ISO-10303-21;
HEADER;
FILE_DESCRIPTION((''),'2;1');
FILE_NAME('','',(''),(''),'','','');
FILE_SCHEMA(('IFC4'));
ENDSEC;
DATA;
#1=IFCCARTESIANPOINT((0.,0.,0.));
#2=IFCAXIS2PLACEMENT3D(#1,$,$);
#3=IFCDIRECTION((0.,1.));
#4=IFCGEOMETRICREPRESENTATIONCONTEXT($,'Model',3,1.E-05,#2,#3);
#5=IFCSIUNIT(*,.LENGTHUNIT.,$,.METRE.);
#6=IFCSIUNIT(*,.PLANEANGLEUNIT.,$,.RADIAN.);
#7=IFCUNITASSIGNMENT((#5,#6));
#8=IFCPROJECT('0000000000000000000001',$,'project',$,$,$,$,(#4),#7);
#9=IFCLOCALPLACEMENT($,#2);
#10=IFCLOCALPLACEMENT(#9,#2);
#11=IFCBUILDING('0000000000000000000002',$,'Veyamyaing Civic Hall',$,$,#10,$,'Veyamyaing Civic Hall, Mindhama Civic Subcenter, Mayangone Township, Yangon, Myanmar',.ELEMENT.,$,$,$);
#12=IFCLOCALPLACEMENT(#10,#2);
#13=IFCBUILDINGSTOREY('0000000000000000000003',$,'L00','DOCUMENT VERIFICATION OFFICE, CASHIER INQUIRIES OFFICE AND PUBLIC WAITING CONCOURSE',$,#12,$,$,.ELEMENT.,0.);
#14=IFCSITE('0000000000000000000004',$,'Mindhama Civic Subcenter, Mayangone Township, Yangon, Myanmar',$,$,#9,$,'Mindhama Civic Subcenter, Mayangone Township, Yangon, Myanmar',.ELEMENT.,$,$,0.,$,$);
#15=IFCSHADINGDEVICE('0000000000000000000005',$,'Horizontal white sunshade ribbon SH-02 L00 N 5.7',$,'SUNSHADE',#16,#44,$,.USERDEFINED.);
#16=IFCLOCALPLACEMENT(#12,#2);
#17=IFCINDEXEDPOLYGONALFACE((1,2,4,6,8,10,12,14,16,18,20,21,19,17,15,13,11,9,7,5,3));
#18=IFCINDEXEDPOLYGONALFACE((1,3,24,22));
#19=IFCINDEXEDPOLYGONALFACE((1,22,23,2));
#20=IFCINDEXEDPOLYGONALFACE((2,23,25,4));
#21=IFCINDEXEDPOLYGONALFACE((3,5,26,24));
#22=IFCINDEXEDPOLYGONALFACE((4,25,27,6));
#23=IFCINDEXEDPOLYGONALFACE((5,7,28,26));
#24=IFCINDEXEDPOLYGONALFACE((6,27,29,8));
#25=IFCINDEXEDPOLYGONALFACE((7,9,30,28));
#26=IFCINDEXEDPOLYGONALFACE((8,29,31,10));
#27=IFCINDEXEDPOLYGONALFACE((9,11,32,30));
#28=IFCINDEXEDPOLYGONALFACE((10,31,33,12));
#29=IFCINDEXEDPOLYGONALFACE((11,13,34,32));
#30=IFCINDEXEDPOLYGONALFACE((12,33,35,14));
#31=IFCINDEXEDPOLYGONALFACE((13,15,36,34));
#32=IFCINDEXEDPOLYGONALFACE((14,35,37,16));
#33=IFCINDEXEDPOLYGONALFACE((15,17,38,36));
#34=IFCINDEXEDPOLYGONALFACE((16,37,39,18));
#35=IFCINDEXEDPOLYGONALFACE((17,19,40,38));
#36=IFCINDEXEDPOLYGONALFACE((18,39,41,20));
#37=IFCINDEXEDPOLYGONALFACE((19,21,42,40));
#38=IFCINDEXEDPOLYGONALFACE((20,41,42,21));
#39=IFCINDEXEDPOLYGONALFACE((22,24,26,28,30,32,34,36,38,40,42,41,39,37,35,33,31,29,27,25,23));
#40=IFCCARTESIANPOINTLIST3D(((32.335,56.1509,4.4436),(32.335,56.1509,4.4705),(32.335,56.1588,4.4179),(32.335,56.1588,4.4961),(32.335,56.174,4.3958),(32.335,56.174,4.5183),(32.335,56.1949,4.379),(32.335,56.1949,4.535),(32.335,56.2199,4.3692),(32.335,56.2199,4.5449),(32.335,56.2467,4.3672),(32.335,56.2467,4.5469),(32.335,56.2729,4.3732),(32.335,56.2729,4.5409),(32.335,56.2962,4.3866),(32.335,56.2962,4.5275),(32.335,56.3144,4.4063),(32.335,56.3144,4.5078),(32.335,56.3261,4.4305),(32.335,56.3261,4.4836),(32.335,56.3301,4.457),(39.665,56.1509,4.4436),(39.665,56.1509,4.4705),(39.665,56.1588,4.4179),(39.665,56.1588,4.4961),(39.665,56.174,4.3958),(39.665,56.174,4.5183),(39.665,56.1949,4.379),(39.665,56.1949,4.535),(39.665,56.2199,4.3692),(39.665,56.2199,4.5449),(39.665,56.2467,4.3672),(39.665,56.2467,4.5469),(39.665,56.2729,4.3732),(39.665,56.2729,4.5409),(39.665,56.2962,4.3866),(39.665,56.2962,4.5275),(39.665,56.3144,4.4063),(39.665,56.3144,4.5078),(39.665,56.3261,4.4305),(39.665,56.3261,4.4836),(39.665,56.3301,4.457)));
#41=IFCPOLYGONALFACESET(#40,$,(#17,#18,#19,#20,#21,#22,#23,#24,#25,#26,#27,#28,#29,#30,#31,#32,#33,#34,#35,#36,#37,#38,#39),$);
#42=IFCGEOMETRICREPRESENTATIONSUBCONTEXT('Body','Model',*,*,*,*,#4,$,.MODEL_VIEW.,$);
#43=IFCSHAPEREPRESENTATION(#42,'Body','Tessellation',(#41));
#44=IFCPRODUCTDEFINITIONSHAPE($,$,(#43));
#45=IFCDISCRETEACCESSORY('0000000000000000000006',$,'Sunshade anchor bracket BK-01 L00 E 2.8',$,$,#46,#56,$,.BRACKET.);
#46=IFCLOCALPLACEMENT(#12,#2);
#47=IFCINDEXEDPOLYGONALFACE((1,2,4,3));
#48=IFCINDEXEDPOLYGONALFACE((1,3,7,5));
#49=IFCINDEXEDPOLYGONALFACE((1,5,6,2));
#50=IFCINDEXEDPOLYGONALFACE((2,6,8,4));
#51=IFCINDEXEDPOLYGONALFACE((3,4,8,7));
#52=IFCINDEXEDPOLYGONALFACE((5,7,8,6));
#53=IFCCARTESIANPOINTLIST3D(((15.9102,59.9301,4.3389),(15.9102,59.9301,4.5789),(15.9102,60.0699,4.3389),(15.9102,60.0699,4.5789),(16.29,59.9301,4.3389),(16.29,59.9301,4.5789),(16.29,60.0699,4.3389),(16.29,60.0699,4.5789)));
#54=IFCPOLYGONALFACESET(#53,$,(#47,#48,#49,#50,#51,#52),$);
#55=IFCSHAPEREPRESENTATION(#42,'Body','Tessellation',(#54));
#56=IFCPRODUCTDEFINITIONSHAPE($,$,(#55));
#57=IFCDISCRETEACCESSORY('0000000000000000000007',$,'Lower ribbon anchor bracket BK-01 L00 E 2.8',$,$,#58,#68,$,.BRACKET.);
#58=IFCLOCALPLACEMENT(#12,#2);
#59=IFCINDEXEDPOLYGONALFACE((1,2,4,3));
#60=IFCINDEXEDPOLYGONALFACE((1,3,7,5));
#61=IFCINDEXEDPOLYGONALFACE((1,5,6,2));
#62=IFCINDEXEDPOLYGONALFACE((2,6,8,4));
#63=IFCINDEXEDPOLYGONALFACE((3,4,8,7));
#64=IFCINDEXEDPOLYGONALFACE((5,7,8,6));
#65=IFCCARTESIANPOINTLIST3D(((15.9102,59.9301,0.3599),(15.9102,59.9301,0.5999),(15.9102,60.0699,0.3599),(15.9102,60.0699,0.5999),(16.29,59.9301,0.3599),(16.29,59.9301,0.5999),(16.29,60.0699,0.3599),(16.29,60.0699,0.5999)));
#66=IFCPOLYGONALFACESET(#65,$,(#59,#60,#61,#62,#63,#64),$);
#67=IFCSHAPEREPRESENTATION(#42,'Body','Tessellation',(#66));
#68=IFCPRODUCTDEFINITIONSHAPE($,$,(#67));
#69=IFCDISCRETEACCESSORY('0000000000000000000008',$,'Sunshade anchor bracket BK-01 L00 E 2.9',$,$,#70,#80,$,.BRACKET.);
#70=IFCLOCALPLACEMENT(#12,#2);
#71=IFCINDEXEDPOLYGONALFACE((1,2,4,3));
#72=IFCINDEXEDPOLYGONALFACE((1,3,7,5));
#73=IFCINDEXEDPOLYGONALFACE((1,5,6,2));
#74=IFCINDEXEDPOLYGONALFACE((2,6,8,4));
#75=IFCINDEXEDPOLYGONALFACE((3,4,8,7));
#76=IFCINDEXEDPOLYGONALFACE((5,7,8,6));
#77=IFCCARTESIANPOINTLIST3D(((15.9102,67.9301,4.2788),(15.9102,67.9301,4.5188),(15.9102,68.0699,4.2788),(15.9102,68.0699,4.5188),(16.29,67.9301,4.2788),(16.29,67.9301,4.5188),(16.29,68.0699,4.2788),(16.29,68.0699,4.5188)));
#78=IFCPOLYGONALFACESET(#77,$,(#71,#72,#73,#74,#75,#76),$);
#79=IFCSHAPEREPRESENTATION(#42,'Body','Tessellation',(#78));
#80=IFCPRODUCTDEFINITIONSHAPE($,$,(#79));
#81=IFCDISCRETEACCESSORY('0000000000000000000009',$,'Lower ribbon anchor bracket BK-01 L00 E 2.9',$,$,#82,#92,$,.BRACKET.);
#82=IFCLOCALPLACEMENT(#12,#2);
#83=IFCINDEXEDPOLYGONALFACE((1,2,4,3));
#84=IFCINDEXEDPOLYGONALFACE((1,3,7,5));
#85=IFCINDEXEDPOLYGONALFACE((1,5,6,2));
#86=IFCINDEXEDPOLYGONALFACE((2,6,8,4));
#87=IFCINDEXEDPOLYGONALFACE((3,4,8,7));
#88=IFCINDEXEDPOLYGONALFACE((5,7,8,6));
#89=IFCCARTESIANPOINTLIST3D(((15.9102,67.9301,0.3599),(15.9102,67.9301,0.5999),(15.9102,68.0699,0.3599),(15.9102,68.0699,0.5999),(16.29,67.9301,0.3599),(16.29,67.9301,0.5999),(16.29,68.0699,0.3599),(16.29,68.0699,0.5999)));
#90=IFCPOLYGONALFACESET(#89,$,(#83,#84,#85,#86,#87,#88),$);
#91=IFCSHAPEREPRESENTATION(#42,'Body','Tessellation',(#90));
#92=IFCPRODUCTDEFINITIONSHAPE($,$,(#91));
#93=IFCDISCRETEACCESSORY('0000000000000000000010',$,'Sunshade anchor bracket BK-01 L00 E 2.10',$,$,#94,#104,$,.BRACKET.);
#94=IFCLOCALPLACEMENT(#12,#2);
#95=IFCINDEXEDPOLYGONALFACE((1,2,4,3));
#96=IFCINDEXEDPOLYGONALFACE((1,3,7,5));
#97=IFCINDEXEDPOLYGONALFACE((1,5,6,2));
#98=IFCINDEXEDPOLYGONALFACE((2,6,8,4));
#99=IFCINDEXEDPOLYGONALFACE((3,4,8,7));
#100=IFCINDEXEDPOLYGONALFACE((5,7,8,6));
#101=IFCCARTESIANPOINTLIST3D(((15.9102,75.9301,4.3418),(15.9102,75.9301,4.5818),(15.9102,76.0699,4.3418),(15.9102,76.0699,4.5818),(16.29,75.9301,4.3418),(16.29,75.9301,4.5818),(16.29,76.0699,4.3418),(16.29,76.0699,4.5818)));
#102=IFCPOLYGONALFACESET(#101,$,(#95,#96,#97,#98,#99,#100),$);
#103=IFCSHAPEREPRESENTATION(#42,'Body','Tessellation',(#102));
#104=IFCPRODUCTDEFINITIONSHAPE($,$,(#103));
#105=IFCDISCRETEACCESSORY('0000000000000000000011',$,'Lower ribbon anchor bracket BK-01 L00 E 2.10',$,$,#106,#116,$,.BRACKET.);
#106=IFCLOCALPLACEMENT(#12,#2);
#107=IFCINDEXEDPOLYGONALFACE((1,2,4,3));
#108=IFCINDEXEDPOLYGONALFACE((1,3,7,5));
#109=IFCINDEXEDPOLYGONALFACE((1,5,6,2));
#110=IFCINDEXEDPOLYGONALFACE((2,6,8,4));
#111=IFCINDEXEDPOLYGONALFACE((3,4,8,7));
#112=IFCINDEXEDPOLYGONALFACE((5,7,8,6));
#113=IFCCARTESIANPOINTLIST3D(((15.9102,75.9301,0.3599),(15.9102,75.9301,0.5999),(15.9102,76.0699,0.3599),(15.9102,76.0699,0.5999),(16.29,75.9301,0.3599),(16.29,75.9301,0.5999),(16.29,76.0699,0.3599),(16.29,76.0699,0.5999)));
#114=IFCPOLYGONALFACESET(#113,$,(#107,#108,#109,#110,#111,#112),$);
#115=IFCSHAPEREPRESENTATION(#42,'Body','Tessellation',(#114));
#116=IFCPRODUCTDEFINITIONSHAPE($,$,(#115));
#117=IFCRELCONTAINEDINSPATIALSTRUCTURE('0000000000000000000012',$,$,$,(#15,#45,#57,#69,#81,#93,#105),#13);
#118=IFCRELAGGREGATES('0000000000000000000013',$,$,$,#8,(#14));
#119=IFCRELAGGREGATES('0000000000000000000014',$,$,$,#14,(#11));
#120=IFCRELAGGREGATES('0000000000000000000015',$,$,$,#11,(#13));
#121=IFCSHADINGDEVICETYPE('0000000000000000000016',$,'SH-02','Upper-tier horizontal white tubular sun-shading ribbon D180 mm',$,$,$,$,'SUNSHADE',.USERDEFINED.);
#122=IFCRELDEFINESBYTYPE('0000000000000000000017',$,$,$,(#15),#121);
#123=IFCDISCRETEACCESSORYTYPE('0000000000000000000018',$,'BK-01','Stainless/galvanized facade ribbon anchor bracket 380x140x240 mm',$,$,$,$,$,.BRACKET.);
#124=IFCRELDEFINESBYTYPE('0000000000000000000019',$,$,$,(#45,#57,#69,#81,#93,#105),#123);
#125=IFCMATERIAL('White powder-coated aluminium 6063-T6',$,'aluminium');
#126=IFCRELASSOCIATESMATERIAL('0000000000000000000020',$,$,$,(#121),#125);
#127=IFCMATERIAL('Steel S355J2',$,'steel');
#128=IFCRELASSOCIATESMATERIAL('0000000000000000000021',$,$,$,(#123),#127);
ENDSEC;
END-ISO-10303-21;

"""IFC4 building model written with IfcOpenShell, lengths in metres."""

from ifc_helpers import new_model, si_unit, direction, frame, origin, origin_2d, place, context, subcontext, project, spatial, rectangle, circle, extrude, material, material_profile, profile_set, type_object, element, save


model = new_model("IFC4")

# Units and contexts
model_context = context("Model", 3, precision=1e-05, world=origin(), true_north=direction((0.0, 1.0)))
body_context = subcontext(model_context, "Body", "Model", "MODEL_VIEW")
ifc_project = project(units=[si_unit("LENGTHUNIT", "METRE"), si_unit("PLANEANGLEUNIT", "RADIAN")], contexts=[model_context])

# Site, building, storey
site_placement = place(None, origin())
site = spatial("IfcSite", under=ifc_project, at=site_placement, Name="Mindhama Civic Subcenter, Mayangone Township, Yangon, Myanmar", LongName="Mindhama Civic Subcenter, Mayangone Township, Yangon, Myanmar", CompositionType="ELEMENT", RefElevation=0.0)
building_placement = place(site_placement, origin())
building = spatial("IfcBuilding", under=site, at=building_placement, Name="Veyamyaing Civic Hall", LongName="Veyamyaing Civic Hall, Mindhama Civic Subcenter, Mayangone Township, Yangon, Myanmar", CompositionType="ELEMENT")
storey_placement = place(building_placement, origin())
storey = spatial("IfcBuildingStorey", under=building, at=storey_placement, Name="L00", Description="DOCUMENT VERIFICATION OFFICE, CASHIER INQUIRIES OFFICE AND PUBLIC WAITING CONCOURSE", CompositionType="ELEMENT", Elevation=0.0)

# Shared definitions
ifc_material_1 = material(Name="White powder-coated aluminium 6063-T6", Category="aluminium")

# Shading device
ifc_material_profile_1 = material_profile(ifc_material_1, circle(Radius=0.0901, at=origin_2d()), Name="SHADE-TUBE-180")
ifc_profile_set_1 = profile_set([ifc_material_profile_1], Name="White powder-coated aluminium 6063-T6")
shading_device_type = type_object("IfcShadingDeviceType", Name="SH-02", Description="Upper-tier horizontal white tubular sun-shading ribbon D180 mm", ElementType="SUNSHADE", PredefinedType="USERDEFINED", material=ifc_profile_set_1)
shading_device_1_placement = place(storey_placement, frame((32.335, 56.24, 4.457), z_axis=(1.0, 0.0, 0.0), x_axis=(0.0, 1.0, 0.0)))
element("IfcShadingDevice", 1, at=shading_device_1_placement, inside=storey, type_object=shading_device_type, Name="Horizontal white sunshade ribbon SH-02 L00 N 5.7", ObjectType="SUNSHADE", PredefinedType="USERDEFINED", context=body_context, shape_type="SweptSolid", body=[
    extrude(circle(Radius=0.0901, at=origin_2d()), origin(), (0.0, 0.0, 1.0), 7.3301),
])

# Discrete accessories
ifc_material_2 = material(Name="Steel S355J2", Category="steel")
discrete_accessory_type = type_object("IfcDiscreteAccessoryType", Name="BK-01", Description="Stainless/galvanized facade ribbon anchor bracket 380x140x240 mm", PredefinedType="BRACKET", material=ifc_material_2)
for number, where, z_axis, x_axis, name in (
    (2, (16.1001, 60.0, 4.3389), (0.0, 0.0, 1.0), (1.0, 0.0, 0.0), "Sunshade anchor bracket BK-01 L00 E 2.8"),
    (3, (16.1001, 60.0, 0.3599), (0.0, 0.0, 1.0), (1.0, 0.0, 0.0), "Lower ribbon anchor bracket BK-01 L00 E 2.8"),
    (4, (16.1001, 68.0, 4.2788), (0.0, 0.0, 1.0), (1.0, 0.0, 0.0), "Sunshade anchor bracket BK-01 L00 E 2.9"),
    (5, (16.1001, 68.0, 0.3599), (0.0, 0.0, 1.0), (1.0, 0.0, 0.0), "Lower ribbon anchor bracket BK-01 L00 E 2.9"),
    (6, (16.1001, 76.0, 4.3418), (0.0, 0.0, 1.0), (1.0, 0.0, 0.0), "Sunshade anchor bracket BK-01 L00 E 2.10"),
    (7, (16.1001, 76.0, 0.3599), (0.0, 0.0, 1.0), (1.0, 0.0, 0.0), "Lower ribbon anchor bracket BK-01 L00 E 2.10"),
):
    element("IfcDiscreteAccessory", number, at=place(storey_placement, frame(where, z_axis=z_axis, x_axis=x_axis)), inside=storey, type_object=discrete_accessory_type, Name=name, PredefinedType="BRACKET", context=body_context, shape_type="SweptSolid", body=[
        extrude(rectangle(XDim=0.3799, YDim=0.1399, at=origin_2d()), origin(), (0.0, 0.0, 1.0), 0.24),
    ])

save(model, "model.ifc")
